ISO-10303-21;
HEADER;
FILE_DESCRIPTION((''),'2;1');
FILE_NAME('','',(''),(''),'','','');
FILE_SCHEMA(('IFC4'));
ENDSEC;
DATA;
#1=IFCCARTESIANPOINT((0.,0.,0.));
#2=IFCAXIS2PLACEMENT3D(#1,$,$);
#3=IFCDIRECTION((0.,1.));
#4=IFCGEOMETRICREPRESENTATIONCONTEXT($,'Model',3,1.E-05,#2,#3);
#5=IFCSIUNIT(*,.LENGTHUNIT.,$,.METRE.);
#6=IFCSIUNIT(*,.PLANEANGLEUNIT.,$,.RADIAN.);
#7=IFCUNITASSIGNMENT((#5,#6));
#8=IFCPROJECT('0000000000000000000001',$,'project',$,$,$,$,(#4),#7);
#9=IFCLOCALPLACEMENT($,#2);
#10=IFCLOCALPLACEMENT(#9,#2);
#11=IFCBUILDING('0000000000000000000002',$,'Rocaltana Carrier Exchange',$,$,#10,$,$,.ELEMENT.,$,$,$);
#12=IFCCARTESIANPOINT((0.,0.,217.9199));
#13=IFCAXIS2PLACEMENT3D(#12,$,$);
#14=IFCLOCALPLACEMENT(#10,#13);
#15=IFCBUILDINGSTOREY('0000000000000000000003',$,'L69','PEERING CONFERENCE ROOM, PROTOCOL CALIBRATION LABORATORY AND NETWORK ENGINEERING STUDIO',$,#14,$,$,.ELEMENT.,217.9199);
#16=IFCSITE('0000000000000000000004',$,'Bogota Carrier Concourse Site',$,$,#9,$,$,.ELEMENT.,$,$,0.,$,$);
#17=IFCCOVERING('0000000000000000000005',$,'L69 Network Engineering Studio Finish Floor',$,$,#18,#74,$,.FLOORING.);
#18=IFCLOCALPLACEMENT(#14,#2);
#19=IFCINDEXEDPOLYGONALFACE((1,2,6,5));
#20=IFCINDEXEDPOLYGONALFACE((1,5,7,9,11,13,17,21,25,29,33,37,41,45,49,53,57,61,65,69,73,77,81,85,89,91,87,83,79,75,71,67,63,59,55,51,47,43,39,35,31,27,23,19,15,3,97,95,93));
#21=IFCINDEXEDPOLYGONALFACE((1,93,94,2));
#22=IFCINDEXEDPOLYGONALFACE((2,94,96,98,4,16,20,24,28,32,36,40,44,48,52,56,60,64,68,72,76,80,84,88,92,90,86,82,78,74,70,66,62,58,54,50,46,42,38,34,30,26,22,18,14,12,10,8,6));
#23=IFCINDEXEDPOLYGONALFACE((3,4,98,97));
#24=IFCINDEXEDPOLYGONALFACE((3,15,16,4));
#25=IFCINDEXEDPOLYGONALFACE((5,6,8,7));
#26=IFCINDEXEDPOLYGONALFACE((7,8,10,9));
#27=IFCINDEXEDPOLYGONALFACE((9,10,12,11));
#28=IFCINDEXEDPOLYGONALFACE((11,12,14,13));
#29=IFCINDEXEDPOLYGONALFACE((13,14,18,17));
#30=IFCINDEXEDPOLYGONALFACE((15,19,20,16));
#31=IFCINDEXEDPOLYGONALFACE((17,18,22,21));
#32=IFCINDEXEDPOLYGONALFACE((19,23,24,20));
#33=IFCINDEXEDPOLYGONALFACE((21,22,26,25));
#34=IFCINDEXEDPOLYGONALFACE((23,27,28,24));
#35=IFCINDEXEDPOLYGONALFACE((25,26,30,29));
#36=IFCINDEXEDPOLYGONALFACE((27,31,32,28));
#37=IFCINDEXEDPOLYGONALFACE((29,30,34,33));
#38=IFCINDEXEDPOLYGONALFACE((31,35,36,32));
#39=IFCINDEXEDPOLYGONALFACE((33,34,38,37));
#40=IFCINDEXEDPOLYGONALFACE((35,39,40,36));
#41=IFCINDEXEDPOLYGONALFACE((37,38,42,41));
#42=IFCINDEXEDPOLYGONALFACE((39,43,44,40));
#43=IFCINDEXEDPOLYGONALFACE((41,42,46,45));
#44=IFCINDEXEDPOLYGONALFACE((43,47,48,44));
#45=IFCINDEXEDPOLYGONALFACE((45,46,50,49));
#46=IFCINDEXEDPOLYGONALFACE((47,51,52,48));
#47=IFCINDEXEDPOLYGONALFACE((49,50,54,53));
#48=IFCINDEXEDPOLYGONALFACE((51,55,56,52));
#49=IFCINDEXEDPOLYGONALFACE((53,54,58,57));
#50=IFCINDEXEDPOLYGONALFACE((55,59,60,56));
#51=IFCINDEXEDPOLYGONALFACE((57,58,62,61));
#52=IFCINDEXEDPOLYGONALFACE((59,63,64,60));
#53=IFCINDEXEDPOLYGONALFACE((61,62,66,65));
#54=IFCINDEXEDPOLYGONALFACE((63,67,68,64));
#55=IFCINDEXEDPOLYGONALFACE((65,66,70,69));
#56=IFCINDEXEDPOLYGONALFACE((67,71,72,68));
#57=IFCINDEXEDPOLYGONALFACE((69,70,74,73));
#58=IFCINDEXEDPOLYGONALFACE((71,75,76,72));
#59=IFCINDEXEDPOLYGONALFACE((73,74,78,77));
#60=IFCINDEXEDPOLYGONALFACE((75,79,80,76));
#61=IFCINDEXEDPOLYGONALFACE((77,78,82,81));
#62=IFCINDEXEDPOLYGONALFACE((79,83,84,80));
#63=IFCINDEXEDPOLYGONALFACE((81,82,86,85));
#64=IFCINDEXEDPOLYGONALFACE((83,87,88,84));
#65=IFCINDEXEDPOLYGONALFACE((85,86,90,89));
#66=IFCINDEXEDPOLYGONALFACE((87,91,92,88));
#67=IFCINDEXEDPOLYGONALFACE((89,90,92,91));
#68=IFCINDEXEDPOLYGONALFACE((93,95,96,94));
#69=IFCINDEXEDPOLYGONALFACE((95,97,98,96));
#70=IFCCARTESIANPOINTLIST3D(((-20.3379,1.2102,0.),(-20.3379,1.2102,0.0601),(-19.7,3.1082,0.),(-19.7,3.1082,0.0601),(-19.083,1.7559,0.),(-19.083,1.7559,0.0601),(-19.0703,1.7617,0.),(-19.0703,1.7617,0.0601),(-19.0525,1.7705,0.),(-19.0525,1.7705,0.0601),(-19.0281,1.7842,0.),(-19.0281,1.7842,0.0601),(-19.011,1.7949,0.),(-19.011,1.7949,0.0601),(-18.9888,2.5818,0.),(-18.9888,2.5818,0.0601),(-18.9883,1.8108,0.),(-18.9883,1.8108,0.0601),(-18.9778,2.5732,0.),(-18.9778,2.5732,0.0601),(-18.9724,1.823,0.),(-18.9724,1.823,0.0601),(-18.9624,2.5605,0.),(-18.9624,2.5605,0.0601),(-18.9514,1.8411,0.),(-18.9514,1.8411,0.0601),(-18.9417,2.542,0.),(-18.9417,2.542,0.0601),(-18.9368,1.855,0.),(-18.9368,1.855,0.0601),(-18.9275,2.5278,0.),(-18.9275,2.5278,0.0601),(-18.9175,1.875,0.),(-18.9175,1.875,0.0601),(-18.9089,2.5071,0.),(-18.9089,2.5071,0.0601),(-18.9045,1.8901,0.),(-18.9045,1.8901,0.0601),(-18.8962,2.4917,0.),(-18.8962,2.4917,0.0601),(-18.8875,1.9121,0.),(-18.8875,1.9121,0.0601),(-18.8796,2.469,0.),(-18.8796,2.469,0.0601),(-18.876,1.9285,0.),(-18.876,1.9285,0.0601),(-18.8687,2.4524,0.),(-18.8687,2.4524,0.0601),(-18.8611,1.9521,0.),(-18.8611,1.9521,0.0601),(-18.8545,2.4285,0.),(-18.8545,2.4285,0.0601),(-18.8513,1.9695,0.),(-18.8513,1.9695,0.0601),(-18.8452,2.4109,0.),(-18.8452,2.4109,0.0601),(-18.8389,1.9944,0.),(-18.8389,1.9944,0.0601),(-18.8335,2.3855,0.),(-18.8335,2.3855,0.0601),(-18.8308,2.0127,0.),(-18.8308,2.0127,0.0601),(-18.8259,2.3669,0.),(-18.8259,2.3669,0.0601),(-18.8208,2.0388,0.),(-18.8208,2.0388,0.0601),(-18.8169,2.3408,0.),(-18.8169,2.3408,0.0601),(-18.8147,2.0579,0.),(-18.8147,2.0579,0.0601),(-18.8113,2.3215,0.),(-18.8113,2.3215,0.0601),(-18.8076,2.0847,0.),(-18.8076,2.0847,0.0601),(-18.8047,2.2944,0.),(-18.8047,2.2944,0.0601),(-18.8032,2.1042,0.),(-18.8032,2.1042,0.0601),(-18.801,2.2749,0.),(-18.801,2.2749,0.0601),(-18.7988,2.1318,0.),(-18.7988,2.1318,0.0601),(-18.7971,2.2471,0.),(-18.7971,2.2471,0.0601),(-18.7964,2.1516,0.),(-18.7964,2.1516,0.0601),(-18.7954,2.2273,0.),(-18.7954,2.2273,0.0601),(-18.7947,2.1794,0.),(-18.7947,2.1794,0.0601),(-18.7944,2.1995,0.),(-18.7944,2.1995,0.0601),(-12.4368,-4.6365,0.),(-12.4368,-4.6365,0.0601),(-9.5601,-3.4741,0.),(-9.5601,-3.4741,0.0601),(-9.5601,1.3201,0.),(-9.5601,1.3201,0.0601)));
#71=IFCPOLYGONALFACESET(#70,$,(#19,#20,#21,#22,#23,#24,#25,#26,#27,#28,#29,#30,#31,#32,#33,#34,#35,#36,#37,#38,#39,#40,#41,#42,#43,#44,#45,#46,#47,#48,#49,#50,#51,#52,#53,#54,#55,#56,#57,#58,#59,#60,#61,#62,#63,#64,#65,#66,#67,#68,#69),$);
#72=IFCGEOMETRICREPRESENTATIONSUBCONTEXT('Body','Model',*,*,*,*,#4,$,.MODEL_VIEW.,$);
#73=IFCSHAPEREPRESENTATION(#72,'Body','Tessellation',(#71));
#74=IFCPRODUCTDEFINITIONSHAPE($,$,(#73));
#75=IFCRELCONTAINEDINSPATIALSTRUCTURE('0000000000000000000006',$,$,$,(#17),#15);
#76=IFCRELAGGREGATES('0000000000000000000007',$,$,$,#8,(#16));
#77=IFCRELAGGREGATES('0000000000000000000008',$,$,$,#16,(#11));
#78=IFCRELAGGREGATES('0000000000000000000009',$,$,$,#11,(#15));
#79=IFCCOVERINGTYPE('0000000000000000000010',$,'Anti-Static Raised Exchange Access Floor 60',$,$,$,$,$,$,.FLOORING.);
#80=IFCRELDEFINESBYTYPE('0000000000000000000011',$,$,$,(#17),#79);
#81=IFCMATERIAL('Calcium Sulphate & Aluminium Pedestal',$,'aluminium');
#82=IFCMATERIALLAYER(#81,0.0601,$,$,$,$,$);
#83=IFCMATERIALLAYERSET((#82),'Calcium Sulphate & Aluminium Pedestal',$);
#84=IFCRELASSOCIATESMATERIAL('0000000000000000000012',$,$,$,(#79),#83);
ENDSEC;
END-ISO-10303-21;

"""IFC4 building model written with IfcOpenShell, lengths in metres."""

from ifc_helpers import new_model, si_unit, direction, frame, origin, place, context, subcontext, project, spatial, polyline, outline, extrude, material, layer, layer_set, type_object, element, save


model = new_model("IFC4")

# Units and contexts
model_context = context("Model", 3, precision=1e-05, world=origin(), true_north=direction((0.0, 1.0)))
body_context = subcontext(model_context, "Body", "Model", "MODEL_VIEW")
ifc_project = project(units=[si_unit("LENGTHUNIT", "METRE"), si_unit("PLANEANGLEUNIT", "RADIAN")], contexts=[model_context])

# Site, building, storey
site_placement = place(None, origin())
site = spatial("IfcSite", under=ifc_project, at=site_placement, Name="Bogota Carrier Concourse Site", CompositionType="ELEMENT", RefElevation=0.0)
building_placement = place(site_placement, origin())
building = spatial("IfcBuilding", under=site, at=building_placement, Name="Rocaltana Carrier Exchange", CompositionType="ELEMENT")
storey_placement = place(building_placement, frame((0.0, 0.0, 217.9199)))
storey = spatial("IfcBuildingStorey", under=building, at=storey_placement, Name="L69", Description="PEERING CONFERENCE ROOM, PROTOCOL CALIBRATION LABORATORY AND NETWORK ENGINEERING STUDIO", CompositionType="ELEMENT", Elevation=217.9199)

# Covering
ifc_material_1 = material(Name="Calcium Sulphate & Aluminium Pedestal", Category="aluminium")
ifc_layer_1 = layer(ifc_material_1, 0.0601)
ifc_layer_set_1 = layer_set([ifc_layer_1], Name="Calcium Sulphate & Aluminium Pedestal")
covering_type_1 = type_object("IfcCoveringType", Name="Anti-Static Raised Exchange Access Floor 60", PredefinedType="FLOORING", material=ifc_layer_set_1)
covering_1_placement = place(storey_placement, origin())
element("IfcCovering", 1, at=covering_1_placement, inside=storey, type_object=covering_type_1, Name="L69 Network Engineering Studio Finish Floor", PredefinedType="FLOORING", context=body_context, shape_type="SweptSolid", body=[
    extrude(outline(polyline([(-19.7, 3.1082), (-9.5601, 1.3201), (-9.5601, -3.4741), (-12.4368, -4.6365), (-20.3379, 1.2102), (-19.083, 1.7559), (-19.0703, 1.7617), (-19.0525, 1.7705), (-19.0281, 1.7842), (-19.011, 1.7949), (-18.9883, 1.8108), (-18.9724, 1.823), (-18.9514, 1.8411), (-18.9368, 1.855), (-18.9175, 1.875), (-18.9045, 1.8901), (-18.8875, 1.9121), (-18.876, 1.9285), (-18.8611, 1.9521), (-18.8513, 1.9695), (-18.8389, 1.9944), (-18.8308, 2.0127), (-18.8208, 2.0388), (-18.8147, 2.0579), (-18.8076, 2.0847), (-18.8032, 2.1042), (-18.7988, 2.1318), (-18.7964, 2.1516), (-18.7947, 2.1794), (-18.7944, 2.1995), (-18.7954, 2.2273), (-18.7971, 2.2471), (-18.801, 2.2749), (-18.8047, 2.2944), (-18.8113, 2.3215), (-18.8169, 2.3408), (-18.8259, 2.3669), (-18.8335, 2.3855), (-18.8452, 2.4109), (-18.8545, 2.4285), (-18.8687, 2.4524), (-18.8796, 2.469), (-18.8962, 2.4917), (-18.9089, 2.5071), (-18.9275, 2.5278), (-18.9417, 2.542), (-18.9624, 2.5605), (-18.9778, 2.5732), (-18.9888, 2.5818), (-19.7, 3.1082)])), origin(), (0.0, 0.0, 1.0), 0.0601),
])

save(model, "model.ifc")
